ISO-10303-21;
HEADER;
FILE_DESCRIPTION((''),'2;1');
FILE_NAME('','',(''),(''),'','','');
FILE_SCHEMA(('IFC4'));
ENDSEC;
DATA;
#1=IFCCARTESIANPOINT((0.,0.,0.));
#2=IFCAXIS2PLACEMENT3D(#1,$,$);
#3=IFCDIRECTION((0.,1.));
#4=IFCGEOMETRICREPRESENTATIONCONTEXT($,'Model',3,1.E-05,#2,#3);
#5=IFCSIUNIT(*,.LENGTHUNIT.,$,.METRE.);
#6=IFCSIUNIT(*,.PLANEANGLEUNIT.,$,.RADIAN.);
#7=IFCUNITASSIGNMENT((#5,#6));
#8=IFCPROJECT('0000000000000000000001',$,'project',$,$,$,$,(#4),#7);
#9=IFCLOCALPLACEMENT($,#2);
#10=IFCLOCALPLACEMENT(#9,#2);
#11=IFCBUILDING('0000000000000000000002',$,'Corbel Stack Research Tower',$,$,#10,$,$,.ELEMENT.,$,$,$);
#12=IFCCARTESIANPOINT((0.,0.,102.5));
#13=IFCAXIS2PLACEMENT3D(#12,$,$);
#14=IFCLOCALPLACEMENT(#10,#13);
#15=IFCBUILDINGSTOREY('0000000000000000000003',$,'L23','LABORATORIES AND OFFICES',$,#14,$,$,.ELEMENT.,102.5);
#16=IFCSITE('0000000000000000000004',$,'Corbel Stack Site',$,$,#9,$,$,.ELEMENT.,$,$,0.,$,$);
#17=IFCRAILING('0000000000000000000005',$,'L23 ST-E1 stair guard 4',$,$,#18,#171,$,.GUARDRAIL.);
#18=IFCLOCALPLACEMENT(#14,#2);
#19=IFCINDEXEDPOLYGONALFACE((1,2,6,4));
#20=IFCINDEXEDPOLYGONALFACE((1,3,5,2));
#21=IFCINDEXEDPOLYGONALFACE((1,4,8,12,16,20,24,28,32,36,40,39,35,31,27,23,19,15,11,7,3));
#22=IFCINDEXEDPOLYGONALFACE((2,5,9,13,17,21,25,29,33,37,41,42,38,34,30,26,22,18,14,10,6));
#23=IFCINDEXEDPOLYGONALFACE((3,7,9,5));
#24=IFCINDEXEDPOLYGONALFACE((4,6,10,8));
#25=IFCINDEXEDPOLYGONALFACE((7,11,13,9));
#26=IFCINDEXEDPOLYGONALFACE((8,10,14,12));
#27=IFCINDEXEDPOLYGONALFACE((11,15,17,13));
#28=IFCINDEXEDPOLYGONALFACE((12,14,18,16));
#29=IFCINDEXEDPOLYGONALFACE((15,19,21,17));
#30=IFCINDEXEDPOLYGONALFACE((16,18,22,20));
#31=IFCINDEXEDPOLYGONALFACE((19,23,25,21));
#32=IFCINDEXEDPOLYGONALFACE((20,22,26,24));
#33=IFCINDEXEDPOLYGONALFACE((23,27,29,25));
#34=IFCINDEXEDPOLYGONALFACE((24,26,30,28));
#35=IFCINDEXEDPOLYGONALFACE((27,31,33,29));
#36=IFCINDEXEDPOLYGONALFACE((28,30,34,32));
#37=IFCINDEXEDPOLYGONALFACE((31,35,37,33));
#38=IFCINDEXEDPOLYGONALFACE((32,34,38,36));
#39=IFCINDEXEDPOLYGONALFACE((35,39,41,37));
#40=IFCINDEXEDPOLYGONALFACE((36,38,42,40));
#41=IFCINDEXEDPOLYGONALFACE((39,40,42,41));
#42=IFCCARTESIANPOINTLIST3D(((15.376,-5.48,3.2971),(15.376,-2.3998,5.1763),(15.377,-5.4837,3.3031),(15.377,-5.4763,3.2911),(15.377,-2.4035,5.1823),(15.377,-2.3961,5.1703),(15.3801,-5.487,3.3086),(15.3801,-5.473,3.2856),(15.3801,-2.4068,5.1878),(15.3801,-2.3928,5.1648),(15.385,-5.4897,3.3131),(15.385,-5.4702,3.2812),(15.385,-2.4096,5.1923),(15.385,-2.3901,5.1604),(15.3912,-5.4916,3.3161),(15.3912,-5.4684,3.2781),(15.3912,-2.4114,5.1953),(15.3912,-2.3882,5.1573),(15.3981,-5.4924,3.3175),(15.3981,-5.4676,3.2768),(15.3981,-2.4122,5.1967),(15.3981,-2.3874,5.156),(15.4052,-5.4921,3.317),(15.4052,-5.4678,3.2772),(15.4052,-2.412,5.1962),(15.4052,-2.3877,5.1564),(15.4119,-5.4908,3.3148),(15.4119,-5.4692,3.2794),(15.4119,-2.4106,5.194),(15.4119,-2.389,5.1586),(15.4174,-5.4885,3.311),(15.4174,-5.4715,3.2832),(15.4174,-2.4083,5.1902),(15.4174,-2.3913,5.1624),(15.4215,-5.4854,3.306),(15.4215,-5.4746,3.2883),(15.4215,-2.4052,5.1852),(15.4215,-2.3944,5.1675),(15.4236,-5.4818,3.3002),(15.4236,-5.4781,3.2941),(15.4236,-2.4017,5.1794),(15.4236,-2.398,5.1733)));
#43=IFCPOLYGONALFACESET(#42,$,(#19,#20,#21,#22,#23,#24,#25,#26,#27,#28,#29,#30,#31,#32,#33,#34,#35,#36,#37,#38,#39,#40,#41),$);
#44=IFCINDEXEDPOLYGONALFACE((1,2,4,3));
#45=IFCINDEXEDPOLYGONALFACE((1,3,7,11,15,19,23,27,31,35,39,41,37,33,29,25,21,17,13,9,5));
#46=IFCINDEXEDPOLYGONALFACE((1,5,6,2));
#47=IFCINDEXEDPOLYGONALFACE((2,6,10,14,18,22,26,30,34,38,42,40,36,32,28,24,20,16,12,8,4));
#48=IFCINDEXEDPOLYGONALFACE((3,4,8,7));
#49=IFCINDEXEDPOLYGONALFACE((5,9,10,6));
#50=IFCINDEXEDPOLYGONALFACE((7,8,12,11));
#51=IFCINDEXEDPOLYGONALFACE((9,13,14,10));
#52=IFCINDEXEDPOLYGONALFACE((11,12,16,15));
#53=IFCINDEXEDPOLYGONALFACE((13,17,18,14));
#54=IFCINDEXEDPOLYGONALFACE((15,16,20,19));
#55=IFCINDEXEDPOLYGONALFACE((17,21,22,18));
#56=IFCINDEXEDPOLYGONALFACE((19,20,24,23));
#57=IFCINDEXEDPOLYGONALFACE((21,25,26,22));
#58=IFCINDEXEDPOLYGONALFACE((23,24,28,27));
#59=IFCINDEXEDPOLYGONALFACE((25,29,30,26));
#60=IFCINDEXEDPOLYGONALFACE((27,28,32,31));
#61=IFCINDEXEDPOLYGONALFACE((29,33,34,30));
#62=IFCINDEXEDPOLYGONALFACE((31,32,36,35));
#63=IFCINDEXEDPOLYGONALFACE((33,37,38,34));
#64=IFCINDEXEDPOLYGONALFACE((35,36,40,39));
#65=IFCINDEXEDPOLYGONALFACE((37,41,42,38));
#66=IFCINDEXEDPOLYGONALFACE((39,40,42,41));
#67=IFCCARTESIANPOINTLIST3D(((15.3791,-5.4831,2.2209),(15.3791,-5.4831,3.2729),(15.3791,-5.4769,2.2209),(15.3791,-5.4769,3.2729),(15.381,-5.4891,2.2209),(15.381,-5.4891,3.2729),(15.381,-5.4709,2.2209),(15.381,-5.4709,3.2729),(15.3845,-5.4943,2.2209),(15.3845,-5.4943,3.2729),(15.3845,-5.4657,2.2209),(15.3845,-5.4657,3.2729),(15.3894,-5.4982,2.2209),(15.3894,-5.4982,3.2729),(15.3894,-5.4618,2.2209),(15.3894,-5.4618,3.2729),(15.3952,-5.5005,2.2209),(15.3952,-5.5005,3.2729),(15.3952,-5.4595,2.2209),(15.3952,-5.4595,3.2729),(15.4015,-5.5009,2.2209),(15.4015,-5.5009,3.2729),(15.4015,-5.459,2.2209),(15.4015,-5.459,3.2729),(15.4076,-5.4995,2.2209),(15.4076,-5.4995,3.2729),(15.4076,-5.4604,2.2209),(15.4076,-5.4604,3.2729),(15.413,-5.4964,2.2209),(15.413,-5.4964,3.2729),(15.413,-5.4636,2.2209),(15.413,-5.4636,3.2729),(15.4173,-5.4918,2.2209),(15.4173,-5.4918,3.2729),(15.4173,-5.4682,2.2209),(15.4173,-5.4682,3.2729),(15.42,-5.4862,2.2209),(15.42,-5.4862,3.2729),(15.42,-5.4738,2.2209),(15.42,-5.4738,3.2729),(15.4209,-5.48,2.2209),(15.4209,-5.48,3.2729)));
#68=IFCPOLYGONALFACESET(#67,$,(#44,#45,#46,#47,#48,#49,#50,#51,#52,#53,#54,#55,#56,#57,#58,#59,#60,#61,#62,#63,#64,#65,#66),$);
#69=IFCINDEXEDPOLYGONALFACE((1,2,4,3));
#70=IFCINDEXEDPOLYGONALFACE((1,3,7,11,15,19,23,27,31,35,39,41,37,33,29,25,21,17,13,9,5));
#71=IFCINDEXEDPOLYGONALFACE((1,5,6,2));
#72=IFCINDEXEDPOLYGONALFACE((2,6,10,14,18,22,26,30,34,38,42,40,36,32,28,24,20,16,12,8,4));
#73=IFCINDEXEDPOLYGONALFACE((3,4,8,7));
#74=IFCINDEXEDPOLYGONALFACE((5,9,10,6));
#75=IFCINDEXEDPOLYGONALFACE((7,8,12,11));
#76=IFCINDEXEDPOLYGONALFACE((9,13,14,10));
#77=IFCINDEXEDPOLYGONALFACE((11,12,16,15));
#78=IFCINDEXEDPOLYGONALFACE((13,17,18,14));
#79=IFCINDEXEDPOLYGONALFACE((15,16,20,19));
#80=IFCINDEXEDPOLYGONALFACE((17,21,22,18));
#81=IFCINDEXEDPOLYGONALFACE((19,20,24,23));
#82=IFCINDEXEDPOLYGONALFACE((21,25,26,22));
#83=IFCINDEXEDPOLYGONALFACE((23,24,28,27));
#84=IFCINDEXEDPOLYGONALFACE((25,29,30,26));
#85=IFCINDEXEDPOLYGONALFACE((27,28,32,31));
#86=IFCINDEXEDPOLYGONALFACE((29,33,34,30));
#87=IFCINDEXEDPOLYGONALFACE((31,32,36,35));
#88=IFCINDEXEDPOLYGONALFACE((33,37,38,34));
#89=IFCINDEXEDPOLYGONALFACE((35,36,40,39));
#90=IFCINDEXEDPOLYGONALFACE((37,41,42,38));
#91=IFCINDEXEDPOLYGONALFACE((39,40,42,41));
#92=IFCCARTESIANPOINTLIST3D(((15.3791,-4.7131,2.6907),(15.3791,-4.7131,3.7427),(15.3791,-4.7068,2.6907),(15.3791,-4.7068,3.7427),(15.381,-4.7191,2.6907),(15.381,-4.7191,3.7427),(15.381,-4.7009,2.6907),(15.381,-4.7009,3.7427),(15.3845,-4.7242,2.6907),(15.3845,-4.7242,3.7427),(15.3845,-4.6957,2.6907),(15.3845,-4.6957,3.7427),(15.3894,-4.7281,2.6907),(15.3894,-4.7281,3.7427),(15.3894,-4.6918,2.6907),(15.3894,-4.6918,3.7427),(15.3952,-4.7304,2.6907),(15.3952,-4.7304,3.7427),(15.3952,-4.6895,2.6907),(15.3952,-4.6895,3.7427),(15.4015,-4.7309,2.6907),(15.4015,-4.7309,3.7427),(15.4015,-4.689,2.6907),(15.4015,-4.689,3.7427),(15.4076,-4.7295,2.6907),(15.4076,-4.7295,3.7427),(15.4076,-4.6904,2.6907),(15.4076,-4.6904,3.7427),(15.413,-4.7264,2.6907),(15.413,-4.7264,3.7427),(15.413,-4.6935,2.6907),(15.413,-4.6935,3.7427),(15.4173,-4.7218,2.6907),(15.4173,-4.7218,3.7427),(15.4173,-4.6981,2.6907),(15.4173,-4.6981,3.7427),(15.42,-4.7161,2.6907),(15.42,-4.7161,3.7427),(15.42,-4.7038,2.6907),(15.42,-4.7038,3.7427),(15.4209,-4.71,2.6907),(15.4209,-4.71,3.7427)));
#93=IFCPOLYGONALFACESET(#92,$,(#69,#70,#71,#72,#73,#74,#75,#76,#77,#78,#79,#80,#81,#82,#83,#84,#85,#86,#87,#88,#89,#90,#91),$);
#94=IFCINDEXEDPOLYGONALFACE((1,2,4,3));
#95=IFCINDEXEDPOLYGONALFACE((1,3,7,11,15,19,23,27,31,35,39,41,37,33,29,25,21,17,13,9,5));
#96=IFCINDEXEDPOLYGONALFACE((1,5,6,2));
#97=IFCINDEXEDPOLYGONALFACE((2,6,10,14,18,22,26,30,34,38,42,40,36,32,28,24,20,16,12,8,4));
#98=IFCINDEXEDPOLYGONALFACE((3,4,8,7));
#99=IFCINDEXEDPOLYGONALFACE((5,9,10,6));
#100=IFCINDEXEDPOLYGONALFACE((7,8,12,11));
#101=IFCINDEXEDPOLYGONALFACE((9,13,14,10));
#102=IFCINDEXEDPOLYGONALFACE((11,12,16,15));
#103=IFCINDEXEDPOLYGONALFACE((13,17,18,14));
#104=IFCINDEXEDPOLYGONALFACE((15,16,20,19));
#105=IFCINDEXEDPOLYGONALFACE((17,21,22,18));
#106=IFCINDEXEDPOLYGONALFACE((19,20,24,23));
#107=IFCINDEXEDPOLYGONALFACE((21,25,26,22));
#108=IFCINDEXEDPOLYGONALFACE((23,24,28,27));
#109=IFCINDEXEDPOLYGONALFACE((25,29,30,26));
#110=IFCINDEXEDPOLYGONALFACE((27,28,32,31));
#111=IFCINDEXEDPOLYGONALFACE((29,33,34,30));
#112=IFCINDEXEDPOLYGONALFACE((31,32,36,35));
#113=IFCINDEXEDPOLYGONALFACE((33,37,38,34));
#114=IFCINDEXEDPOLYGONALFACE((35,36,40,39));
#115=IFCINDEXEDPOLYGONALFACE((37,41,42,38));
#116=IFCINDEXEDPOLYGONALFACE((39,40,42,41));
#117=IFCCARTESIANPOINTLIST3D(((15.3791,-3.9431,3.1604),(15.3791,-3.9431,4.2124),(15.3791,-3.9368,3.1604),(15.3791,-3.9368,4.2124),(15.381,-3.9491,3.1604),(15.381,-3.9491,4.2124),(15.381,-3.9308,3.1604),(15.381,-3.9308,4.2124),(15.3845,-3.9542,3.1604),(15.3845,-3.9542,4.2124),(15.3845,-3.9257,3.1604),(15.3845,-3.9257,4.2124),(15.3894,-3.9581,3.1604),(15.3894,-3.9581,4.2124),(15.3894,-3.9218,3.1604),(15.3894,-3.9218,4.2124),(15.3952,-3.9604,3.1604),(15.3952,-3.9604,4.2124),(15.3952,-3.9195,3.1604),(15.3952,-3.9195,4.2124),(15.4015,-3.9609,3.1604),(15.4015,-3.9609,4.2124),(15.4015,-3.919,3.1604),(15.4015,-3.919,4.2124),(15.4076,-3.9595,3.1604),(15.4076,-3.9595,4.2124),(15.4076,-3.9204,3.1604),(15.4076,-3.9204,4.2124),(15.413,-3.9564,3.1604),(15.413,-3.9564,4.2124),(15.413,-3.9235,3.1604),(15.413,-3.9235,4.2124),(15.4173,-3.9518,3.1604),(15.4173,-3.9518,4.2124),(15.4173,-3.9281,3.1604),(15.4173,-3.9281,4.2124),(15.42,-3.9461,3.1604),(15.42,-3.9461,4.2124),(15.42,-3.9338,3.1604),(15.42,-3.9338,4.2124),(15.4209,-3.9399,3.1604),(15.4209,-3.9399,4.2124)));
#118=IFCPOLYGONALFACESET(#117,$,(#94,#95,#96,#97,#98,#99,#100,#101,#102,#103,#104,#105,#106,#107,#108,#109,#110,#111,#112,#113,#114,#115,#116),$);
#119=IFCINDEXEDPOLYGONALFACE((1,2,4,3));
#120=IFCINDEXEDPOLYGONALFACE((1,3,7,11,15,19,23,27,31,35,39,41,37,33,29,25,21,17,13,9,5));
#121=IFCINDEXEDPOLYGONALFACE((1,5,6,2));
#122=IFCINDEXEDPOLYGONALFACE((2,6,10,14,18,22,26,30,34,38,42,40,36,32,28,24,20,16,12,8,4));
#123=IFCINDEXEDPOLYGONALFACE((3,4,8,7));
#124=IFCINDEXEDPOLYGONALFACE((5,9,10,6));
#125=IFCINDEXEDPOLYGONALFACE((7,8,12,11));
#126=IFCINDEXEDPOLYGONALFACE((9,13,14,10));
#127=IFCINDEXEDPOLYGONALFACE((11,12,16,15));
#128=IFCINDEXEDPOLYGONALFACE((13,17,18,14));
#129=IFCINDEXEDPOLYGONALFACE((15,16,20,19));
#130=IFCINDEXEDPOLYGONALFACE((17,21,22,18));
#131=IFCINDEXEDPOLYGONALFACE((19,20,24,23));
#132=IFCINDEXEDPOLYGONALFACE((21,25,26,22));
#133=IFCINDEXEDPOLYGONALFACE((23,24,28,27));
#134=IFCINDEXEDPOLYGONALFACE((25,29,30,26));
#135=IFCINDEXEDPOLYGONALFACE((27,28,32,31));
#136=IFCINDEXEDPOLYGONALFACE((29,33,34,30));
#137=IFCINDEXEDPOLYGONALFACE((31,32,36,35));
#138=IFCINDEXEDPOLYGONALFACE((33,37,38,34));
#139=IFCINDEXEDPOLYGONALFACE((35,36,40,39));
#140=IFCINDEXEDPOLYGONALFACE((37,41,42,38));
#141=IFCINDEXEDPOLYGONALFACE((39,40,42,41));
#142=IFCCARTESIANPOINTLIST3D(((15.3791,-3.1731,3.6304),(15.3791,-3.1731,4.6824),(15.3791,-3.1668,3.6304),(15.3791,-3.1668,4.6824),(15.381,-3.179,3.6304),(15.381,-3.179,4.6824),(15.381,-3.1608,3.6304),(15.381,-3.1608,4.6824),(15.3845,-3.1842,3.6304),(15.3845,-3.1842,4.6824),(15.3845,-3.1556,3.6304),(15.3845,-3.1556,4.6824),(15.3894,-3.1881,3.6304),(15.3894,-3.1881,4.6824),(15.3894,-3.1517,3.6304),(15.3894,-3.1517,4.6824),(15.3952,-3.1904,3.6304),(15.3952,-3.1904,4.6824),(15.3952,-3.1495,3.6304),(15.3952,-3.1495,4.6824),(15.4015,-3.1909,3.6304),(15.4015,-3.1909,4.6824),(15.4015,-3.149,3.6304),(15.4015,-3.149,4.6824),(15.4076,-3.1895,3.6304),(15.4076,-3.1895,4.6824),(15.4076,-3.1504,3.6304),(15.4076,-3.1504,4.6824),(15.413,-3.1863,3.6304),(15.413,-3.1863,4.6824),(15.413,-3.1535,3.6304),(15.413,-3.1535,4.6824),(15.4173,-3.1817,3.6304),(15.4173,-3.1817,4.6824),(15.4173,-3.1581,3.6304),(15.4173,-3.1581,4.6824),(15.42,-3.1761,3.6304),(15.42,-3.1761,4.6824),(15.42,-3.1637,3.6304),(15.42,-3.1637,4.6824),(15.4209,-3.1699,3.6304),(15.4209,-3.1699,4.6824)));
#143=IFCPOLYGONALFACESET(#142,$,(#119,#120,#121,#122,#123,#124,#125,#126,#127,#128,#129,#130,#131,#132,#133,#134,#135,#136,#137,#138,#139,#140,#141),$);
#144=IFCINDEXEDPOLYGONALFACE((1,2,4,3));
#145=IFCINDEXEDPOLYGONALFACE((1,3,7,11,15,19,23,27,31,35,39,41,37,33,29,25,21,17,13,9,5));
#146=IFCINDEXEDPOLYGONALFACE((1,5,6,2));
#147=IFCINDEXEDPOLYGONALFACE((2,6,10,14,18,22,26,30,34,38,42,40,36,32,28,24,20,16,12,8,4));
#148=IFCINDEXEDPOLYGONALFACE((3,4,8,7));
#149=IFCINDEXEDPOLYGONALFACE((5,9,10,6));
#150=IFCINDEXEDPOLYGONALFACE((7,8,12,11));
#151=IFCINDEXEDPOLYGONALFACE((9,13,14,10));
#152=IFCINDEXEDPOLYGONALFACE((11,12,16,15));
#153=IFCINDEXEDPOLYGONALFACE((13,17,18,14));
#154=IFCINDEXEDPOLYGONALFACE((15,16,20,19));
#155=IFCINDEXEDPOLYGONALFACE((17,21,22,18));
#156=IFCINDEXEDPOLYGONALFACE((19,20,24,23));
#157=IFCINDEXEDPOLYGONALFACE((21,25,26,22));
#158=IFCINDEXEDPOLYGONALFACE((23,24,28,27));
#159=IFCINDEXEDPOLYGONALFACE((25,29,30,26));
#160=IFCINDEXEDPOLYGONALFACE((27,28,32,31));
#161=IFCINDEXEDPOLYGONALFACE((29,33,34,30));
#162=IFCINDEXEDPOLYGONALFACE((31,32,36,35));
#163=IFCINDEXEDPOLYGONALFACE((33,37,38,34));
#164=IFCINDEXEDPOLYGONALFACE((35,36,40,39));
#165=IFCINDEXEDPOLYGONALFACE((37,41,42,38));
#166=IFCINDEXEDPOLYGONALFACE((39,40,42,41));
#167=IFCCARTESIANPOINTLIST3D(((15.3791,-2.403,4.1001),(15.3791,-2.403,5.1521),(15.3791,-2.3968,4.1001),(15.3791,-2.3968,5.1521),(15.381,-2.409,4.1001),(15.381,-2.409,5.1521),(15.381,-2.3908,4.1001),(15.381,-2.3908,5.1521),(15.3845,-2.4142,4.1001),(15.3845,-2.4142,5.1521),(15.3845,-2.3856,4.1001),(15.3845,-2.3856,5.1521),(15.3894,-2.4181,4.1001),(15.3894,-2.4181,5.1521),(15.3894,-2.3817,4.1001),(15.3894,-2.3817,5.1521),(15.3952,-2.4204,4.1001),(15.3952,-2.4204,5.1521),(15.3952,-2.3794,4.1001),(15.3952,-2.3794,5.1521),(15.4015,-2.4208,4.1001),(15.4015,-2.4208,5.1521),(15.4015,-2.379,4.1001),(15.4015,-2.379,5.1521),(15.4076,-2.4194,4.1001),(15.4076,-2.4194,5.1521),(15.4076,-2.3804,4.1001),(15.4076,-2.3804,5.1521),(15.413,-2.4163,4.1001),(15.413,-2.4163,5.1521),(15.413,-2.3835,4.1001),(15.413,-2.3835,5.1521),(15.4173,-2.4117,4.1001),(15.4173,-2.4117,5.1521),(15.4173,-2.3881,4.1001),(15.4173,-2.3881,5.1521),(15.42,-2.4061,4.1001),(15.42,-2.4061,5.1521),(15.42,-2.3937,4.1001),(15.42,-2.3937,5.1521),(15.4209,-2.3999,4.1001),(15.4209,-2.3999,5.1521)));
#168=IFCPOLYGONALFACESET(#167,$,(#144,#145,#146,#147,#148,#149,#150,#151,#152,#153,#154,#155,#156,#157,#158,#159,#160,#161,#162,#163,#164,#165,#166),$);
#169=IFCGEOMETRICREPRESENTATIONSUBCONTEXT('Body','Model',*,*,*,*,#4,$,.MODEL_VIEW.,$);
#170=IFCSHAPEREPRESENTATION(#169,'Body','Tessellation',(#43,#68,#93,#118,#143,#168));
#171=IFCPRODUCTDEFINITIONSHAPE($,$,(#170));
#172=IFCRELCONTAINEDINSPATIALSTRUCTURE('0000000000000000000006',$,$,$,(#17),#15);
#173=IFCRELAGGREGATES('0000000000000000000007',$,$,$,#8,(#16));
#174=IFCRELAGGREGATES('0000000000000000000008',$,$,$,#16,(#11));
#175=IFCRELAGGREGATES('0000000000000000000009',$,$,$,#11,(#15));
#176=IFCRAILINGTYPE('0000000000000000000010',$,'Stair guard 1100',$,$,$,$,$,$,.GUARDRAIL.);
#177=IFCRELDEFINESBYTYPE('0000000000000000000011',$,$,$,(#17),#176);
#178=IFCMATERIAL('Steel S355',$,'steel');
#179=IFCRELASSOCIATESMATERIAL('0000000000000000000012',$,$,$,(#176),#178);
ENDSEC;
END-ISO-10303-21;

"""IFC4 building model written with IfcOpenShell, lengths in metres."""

from ifc_helpers import new_model, si_unit, direction, frame, origin, origin_2d, place, context, subcontext, project, spatial, circle, extrude, material, type_object, element, save


model = new_model("IFC4")

# Units and contexts
model_context = context("Model", 3, precision=1e-05, world=origin(), true_north=direction((0.0, 1.0)))
body_context = subcontext(model_context, "Body", "Model", "MODEL_VIEW")
ifc_project = project(units=[si_unit("LENGTHUNIT", "METRE"), si_unit("PLANEANGLEUNIT", "RADIAN")], contexts=[model_context])

# Site, building, storey
site_placement = place(None, origin())
site = spatial("IfcSite", under=ifc_project, at=site_placement, Name="Corbel Stack Site", CompositionType="ELEMENT", RefElevation=0.0)
building_placement = place(site_placement, origin())
building = spatial("IfcBuilding", under=site, at=building_placement, Name="Corbel Stack Research Tower", CompositionType="ELEMENT")
storey_placement = place(building_placement, frame((0.0, 0.0, 102.5)))
storey = spatial("IfcBuildingStorey", under=building, at=storey_placement, Name="L23", Description="LABORATORIES AND OFFICES", CompositionType="ELEMENT", Elevation=102.5)

# Railing
ifc_material_1 = material(Name="Steel S355", Category="steel")
railing_type_1 = type_object("IfcRailingType", Name="Stair guard 1100", PredefinedType="GUARDRAIL", material=ifc_material_1)
railing_1_placement = place(storey_placement, frame((15.3999, -5.48, 2.2209)))
element("IfcRailing", 1, at=railing_1_placement, inside=storey, type_object=railing_type_1, Name="L23 ST-E1 stair guard 4", PredefinedType="GUARDRAIL", context=body_context, shape_type="SweptSolid", body=[
    extrude(circle(Radius=0.0239, at=origin_2d()), frame((0.0, 0.0, 1.0762), z_axis=(0.0, 0.853666, 0.52082), x_axis=(-1.0, 0.0, 0.0)), (0.0, 0.0, 1.0), 3.6082),
    extrude(circle(Radius=0.021, at=origin_2d()), origin(), (0.0, 0.0, 1.0), 1.052),
    extrude(circle(Radius=0.021, at=origin_2d()), frame((0.0, 0.77, 0.4697)), (0.0, 0.0, 1.0), 1.052),
    extrude(circle(Radius=0.021, at=origin_2d()), frame((0.0, 1.54, 0.9395)), (0.0, 0.0, 1.0), 1.052),
    extrude(circle(Radius=0.021, at=origin_2d()), frame((0.0, 2.3101, 1.4094)), (0.0, 0.0, 1.0), 1.052),
    extrude(circle(Radius=0.021, at=origin_2d()), frame((0.0, 3.0801, 1.8792)), (0.0, 0.0, 1.0), 1.052),
])

save(model, "model.ifc")
